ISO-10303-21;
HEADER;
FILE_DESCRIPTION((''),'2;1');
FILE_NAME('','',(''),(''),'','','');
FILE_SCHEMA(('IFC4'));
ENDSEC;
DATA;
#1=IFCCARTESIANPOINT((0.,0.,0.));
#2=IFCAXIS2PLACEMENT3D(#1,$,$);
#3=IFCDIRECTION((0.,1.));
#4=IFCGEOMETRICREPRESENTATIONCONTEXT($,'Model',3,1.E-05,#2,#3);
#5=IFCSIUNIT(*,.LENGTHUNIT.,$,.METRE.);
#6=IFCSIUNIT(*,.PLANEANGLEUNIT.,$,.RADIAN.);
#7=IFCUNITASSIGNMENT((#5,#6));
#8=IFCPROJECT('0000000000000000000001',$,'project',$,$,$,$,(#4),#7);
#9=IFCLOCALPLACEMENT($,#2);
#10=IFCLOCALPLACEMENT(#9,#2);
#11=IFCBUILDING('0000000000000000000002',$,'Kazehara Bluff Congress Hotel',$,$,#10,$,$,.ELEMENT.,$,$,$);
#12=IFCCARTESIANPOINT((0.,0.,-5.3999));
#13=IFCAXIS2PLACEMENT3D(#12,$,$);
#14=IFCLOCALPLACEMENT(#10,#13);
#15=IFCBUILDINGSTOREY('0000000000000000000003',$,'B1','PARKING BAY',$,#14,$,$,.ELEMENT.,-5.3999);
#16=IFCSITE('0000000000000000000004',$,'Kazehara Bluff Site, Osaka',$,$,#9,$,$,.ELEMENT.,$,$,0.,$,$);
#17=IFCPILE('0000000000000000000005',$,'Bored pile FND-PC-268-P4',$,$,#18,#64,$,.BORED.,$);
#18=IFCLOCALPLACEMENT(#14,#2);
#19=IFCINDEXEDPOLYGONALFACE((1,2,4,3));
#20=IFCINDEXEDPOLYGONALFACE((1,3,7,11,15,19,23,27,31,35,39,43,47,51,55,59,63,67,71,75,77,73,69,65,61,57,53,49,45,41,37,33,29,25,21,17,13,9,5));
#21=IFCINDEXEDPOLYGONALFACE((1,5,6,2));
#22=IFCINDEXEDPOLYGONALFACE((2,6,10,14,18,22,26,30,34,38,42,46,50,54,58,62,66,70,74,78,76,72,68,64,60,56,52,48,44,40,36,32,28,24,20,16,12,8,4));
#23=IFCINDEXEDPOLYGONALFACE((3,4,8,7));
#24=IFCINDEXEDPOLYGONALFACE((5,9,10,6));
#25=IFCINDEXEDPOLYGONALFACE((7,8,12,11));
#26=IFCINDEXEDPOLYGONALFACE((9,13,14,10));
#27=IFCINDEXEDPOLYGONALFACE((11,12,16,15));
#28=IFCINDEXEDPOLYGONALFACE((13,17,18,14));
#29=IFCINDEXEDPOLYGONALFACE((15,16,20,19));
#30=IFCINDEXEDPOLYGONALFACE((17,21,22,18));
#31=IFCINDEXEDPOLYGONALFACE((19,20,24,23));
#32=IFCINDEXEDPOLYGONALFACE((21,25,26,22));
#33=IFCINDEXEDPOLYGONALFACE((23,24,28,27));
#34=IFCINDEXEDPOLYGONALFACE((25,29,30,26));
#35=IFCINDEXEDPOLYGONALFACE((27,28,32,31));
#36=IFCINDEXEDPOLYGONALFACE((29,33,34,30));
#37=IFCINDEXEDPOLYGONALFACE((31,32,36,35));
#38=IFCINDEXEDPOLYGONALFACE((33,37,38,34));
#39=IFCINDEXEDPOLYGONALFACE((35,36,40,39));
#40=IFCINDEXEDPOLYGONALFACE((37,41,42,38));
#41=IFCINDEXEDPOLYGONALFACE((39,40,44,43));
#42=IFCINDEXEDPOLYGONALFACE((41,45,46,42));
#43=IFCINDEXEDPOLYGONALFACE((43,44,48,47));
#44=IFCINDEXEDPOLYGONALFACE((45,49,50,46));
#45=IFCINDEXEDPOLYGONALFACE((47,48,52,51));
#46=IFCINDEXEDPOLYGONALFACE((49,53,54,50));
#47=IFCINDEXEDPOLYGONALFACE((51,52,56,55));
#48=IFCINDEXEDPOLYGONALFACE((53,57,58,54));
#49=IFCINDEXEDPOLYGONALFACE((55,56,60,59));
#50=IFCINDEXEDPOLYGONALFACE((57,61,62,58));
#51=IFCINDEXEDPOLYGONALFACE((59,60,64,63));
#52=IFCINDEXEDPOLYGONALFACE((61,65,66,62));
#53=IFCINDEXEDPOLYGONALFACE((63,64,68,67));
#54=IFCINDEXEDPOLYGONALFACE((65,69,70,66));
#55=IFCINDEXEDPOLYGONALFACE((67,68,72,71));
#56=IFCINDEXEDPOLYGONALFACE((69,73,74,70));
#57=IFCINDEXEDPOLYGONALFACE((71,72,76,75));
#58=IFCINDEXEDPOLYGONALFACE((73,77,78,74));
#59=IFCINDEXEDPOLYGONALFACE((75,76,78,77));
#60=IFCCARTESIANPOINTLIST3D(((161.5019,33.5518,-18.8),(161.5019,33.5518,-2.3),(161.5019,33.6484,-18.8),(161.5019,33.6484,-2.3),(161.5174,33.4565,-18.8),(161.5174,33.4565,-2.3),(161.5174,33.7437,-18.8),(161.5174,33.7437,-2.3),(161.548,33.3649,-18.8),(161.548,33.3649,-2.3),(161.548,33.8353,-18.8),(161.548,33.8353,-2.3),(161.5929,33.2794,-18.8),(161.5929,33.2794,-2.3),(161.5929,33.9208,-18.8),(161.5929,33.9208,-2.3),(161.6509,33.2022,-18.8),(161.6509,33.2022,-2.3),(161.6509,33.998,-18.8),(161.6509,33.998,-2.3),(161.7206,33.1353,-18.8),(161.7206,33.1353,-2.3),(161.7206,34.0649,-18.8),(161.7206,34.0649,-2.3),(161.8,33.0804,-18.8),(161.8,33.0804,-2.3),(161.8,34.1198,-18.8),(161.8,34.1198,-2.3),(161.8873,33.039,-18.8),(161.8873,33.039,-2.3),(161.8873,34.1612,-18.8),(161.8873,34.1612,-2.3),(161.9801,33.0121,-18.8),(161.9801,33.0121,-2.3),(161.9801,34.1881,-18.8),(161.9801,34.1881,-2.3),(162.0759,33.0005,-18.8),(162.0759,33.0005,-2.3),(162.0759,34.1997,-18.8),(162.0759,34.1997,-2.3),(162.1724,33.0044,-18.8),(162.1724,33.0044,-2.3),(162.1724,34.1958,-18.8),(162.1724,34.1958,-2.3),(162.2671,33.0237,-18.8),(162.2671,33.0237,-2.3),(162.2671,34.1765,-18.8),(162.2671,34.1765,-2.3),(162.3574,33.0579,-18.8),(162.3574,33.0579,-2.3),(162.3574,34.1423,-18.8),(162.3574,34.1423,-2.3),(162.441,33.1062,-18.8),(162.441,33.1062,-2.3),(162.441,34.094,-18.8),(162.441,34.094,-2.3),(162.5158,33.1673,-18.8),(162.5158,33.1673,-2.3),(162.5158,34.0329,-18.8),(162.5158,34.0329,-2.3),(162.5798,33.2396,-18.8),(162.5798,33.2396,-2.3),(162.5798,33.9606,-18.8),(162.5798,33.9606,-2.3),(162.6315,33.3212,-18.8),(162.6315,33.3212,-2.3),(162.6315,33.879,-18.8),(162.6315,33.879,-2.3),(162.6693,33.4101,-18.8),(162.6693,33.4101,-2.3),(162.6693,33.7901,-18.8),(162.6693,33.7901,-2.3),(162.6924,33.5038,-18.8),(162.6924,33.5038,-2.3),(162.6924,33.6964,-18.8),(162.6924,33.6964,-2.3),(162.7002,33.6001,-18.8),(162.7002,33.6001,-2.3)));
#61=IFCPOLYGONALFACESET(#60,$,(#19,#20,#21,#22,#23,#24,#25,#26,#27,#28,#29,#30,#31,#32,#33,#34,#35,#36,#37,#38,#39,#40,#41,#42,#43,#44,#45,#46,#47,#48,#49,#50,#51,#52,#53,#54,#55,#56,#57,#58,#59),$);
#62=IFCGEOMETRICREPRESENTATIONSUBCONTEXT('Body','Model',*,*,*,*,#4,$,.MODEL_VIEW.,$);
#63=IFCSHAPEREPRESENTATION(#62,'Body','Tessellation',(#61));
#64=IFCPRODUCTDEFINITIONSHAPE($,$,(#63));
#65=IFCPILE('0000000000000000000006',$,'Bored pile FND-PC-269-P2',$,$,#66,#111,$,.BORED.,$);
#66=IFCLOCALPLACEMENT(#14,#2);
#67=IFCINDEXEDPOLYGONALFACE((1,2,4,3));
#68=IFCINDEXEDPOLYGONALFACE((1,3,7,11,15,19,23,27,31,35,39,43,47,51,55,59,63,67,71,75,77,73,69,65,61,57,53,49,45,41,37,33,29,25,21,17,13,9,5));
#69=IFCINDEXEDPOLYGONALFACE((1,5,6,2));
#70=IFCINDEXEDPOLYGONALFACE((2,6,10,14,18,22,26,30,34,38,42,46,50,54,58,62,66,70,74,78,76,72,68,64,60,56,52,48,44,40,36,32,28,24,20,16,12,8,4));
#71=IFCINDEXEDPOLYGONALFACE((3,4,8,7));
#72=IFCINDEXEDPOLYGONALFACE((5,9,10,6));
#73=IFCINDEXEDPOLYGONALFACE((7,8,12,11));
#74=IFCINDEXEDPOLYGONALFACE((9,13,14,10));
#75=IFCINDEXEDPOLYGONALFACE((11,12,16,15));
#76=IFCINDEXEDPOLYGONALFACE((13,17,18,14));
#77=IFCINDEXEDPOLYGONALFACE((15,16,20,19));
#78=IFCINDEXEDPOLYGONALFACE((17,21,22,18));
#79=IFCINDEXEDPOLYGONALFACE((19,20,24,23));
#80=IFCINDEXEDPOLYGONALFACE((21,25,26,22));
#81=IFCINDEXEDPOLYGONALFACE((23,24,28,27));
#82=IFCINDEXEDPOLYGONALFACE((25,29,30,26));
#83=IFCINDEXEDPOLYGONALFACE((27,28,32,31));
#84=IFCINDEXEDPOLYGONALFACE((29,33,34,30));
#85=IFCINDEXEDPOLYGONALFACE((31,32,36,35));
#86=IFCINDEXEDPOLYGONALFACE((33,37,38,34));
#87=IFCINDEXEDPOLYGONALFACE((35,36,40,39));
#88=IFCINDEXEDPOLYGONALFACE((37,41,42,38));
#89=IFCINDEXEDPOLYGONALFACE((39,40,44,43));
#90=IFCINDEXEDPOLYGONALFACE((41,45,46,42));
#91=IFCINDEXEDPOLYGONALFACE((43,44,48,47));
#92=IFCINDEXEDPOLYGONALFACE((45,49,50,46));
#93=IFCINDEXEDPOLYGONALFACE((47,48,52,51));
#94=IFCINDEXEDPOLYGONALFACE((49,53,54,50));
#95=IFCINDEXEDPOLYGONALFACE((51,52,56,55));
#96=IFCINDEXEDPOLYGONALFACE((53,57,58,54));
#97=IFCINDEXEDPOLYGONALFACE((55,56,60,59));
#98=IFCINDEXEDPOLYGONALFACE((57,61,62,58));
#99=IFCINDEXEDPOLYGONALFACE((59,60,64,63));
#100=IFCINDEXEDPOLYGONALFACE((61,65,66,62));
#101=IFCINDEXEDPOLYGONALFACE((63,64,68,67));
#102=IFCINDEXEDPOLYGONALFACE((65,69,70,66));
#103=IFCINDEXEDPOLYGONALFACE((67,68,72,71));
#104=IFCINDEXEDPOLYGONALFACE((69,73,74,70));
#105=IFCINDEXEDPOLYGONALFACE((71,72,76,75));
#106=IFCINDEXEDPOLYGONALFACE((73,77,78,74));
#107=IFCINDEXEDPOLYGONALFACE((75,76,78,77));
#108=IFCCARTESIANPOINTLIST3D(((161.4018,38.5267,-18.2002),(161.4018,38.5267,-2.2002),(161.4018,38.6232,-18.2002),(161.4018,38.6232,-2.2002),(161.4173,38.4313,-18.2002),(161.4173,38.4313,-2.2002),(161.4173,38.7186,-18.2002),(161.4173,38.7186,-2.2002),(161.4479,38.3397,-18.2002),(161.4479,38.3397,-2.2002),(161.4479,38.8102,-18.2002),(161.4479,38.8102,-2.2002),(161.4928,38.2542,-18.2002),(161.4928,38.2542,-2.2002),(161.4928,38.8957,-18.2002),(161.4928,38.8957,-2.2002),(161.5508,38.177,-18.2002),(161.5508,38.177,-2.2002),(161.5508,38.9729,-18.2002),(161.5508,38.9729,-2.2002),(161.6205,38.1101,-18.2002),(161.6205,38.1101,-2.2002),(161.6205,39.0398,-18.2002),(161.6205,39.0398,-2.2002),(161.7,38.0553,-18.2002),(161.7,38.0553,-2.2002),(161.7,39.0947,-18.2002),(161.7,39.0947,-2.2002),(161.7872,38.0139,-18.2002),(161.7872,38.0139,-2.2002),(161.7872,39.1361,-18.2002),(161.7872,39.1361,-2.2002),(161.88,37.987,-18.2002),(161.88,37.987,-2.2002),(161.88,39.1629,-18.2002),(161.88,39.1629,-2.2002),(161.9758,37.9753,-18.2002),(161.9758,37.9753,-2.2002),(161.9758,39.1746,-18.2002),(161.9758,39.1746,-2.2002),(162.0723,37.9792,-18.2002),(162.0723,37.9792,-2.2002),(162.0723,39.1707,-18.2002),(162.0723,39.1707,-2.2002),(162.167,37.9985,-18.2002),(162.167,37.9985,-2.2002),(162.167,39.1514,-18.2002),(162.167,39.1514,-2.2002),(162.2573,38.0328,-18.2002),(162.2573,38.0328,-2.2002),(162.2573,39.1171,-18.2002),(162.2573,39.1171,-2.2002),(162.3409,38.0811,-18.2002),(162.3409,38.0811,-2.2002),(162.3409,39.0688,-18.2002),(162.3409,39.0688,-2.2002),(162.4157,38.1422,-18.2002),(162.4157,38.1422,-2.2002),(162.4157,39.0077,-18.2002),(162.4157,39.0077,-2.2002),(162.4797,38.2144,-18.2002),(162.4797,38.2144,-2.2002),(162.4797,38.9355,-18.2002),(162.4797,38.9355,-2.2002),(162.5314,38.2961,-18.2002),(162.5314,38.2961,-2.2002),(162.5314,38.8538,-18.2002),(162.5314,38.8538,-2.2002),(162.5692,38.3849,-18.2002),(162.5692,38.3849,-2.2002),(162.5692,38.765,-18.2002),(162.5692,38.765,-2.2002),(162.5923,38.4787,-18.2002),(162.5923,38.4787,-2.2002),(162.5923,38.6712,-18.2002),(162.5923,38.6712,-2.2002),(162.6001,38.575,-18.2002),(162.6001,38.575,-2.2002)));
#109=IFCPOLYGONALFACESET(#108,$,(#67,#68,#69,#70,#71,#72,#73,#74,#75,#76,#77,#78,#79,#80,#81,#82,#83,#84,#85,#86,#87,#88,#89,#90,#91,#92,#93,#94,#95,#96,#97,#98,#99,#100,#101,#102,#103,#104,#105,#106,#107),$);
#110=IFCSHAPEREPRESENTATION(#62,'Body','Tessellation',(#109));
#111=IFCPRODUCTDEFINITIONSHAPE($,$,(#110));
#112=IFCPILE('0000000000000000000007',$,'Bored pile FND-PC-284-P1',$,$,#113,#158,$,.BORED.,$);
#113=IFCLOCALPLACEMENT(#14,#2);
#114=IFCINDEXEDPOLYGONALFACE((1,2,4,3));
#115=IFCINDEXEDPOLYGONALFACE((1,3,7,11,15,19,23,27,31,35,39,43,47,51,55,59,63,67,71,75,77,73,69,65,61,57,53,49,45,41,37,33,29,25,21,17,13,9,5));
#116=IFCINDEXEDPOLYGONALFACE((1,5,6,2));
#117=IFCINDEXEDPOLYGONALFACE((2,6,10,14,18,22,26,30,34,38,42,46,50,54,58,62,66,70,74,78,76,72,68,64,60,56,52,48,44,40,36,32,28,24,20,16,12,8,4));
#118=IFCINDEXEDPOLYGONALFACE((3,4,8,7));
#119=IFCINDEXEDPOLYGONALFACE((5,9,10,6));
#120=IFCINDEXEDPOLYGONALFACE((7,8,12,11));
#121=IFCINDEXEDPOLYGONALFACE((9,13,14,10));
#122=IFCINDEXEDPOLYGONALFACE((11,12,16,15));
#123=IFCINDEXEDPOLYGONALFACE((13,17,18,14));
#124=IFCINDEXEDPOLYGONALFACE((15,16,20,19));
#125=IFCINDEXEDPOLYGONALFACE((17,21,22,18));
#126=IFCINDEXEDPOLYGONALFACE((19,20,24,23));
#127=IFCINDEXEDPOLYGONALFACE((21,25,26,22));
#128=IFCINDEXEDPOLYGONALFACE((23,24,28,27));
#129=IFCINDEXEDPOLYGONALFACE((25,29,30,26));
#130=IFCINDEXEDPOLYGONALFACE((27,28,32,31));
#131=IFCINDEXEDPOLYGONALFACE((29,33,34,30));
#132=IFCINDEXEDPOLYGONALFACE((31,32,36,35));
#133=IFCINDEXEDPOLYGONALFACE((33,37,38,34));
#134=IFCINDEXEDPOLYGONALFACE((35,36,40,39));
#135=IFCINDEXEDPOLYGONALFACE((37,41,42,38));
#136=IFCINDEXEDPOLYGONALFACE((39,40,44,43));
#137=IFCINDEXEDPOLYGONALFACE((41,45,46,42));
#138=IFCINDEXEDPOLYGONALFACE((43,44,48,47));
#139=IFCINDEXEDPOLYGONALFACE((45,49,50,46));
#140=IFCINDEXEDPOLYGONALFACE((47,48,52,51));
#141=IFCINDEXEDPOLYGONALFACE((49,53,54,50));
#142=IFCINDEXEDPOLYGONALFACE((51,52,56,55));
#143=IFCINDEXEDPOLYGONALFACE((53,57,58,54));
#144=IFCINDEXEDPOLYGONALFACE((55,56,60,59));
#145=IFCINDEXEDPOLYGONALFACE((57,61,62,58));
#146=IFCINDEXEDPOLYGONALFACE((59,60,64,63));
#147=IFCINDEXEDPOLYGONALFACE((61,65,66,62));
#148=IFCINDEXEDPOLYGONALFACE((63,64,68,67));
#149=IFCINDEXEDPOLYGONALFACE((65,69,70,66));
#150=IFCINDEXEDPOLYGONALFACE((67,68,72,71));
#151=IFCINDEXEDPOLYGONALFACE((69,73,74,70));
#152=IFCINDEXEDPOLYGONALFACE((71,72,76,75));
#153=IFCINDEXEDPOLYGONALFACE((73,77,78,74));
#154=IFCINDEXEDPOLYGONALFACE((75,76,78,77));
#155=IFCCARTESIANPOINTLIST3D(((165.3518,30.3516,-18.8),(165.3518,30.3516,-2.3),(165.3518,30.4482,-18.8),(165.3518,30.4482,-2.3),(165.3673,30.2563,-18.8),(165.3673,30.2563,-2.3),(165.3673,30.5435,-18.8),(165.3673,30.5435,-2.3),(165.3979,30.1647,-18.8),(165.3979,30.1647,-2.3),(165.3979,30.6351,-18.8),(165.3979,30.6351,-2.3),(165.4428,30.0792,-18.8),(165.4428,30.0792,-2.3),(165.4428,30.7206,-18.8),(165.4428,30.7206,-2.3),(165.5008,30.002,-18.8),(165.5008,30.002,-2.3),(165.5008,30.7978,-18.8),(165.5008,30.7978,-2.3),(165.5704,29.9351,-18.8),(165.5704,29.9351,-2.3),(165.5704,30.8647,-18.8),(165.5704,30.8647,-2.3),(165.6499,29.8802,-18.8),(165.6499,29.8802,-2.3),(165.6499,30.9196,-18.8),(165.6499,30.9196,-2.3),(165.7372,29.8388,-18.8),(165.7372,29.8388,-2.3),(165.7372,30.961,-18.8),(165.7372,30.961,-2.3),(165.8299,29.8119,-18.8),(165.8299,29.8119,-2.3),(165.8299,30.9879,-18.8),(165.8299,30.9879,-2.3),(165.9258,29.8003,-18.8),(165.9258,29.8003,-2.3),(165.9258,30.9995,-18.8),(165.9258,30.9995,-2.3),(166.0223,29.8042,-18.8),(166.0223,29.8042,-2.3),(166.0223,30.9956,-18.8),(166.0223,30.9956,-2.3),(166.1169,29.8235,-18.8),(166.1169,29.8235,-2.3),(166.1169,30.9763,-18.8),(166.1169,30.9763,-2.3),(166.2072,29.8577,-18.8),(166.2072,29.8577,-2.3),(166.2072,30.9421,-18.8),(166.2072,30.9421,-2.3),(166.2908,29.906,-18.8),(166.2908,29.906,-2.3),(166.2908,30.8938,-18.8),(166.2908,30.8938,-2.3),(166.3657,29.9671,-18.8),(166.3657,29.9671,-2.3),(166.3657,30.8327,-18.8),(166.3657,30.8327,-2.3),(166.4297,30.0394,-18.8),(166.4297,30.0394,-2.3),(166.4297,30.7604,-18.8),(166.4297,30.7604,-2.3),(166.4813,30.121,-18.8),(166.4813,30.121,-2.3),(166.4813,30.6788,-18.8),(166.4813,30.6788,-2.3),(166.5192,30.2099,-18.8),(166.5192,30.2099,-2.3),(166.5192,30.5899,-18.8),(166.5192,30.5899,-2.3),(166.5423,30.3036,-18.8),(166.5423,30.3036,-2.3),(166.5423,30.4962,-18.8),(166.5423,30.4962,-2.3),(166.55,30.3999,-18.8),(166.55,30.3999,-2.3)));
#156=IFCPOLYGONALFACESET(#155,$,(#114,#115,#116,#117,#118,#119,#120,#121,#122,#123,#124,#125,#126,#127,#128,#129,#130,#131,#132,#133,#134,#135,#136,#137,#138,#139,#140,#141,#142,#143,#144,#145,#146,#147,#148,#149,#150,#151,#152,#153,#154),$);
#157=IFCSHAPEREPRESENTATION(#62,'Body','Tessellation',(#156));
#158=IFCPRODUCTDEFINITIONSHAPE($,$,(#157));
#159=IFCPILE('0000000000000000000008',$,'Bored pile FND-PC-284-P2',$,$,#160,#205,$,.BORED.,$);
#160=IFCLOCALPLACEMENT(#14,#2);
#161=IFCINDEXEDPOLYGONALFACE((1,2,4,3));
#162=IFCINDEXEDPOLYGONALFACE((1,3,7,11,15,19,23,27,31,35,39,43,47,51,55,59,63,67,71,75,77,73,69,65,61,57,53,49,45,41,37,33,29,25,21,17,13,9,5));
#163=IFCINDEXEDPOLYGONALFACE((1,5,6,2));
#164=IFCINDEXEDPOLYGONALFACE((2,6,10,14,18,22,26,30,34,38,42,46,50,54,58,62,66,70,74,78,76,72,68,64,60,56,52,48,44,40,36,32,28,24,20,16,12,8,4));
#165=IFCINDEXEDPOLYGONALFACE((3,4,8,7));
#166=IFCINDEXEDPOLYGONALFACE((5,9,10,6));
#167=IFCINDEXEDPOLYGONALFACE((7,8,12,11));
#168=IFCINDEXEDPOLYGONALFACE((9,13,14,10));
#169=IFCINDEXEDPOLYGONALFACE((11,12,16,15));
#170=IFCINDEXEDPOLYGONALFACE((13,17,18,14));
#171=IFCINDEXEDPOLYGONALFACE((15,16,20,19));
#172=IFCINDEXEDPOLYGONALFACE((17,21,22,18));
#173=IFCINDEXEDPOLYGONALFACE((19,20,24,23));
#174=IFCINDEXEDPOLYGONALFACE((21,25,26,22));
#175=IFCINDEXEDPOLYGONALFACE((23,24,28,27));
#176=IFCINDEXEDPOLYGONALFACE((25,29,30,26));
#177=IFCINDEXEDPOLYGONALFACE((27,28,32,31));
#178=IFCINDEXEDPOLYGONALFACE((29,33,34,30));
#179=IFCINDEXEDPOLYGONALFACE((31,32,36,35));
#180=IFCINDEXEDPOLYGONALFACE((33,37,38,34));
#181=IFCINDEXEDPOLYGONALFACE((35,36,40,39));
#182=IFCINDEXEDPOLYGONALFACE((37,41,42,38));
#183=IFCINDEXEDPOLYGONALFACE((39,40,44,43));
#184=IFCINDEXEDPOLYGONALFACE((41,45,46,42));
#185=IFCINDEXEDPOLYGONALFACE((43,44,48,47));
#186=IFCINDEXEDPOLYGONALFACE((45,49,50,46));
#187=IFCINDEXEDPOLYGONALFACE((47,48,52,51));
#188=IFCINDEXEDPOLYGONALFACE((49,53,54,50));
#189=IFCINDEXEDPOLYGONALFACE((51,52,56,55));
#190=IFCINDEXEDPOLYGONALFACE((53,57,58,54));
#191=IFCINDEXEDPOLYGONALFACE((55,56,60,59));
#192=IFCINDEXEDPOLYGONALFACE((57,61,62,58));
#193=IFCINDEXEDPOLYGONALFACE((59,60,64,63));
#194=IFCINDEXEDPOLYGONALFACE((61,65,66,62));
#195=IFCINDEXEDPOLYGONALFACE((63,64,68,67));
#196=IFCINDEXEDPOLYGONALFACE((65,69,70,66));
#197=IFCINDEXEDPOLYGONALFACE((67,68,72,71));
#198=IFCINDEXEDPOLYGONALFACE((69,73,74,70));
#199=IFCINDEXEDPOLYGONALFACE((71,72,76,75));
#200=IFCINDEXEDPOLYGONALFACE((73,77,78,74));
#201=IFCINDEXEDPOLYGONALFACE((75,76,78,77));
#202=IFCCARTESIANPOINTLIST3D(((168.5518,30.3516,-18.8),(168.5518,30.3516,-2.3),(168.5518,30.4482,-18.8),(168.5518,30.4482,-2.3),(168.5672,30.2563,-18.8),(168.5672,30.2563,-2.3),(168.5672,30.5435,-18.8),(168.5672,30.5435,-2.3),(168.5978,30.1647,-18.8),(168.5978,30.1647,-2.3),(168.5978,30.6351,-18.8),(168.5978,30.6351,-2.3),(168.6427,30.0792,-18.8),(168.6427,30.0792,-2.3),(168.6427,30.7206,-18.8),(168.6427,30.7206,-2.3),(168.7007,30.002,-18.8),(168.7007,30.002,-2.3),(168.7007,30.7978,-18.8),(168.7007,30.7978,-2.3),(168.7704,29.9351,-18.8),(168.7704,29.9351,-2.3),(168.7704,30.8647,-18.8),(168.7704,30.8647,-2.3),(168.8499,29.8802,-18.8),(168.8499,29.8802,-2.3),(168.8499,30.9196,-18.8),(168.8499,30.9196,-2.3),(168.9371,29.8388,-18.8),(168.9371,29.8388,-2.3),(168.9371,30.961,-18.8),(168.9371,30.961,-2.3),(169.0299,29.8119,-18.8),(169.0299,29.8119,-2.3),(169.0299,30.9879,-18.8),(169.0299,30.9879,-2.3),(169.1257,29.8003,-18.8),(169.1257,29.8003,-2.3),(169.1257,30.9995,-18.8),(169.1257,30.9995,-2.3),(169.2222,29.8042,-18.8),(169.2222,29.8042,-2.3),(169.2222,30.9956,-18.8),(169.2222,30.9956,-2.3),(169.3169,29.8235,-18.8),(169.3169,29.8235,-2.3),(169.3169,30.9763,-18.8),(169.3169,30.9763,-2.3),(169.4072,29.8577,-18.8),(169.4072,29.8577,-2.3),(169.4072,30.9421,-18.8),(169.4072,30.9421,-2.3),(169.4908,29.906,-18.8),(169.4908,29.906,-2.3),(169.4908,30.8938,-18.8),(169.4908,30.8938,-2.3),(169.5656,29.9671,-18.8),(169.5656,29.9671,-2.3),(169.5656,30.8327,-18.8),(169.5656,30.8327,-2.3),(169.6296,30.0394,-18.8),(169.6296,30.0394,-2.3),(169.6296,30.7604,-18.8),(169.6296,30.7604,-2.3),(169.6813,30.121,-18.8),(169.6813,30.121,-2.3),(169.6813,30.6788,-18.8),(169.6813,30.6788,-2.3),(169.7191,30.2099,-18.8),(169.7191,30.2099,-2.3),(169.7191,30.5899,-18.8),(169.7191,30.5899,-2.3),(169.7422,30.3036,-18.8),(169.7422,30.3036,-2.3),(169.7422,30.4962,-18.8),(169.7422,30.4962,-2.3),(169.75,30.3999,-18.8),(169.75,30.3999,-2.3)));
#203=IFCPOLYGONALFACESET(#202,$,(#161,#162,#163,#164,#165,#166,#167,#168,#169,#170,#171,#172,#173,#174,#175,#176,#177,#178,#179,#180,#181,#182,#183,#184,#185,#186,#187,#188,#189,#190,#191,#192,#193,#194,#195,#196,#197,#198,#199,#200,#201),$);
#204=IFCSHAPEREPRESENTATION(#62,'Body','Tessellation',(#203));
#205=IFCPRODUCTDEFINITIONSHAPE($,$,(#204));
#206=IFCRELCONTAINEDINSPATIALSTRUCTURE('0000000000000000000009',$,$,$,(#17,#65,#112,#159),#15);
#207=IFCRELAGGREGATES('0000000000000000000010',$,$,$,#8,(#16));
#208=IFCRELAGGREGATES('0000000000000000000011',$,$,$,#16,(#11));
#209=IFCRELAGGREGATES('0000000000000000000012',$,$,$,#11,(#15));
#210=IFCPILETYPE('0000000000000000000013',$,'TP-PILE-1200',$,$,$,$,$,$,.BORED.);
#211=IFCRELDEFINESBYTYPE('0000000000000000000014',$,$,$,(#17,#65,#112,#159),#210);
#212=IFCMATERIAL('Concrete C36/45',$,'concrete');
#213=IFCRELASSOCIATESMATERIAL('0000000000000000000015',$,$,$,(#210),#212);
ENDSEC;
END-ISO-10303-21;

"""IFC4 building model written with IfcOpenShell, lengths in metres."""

from ifc_helpers import new_model, si_unit, direction, frame, origin, origin_2d, place, context, subcontext, project, spatial, circle, extrude, material, material_profile, profile_set, type_object, element, save


model = new_model("IFC4")

# Units and contexts
model_context = context("Model", 3, precision=1e-05, world=origin(), true_north=direction((0.0, 1.0)))
body_context = subcontext(model_context, "Body", "Model", "MODEL_VIEW")
ifc_project = project(units=[si_unit("LENGTHUNIT", "METRE"), si_unit("PLANEANGLEUNIT", "RADIAN")], contexts=[model_context])

# Site, building, storey
site_placement = place(None, origin())
site = spatial("IfcSite", under=ifc_project, at=site_placement, Name="Kazehara Bluff Site, Osaka", CompositionType="ELEMENT", RefElevation=0.0)
building_placement = place(site_placement, origin())
building = spatial("IfcBuilding", under=site, at=building_placement, Name="Kazehara Bluff Congress Hotel", CompositionType="ELEMENT")
storey_placement = place(building_placement, frame((0.0, 0.0, -5.3999)))
storey = spatial("IfcBuildingStorey", under=building, at=storey_placement, Name="B1", Description="PARKING BAY", CompositionType="ELEMENT", Elevation=-5.3999)

# Piles
ifc_material_1 = material(Name="Concrete C36/45", Category="concrete")
ifc_material_profile_1 = material_profile(ifc_material_1, circle(Radius=0.6001, at=origin_2d()))
ifc_profile_set_1 = profile_set([ifc_material_profile_1], Name="Concrete C36/45")
pile_type = type_object("IfcPileType", Name="TP-PILE-1200", PredefinedType="BORED", material=ifc_profile_set_1)
for number, where, z_axis, x_axis, name in (
    (1, (162.1001, 33.6001, -2.3), (0.0, 0.0, -1.0), (1.0, 0.0, 0.0), "Bored pile FND-PC-268-P4"),
):
    element("IfcPile", number, at=place(storey_placement, frame(where, z_axis=z_axis, x_axis=x_axis)), inside=storey, type_object=pile_type, Name=name, PredefinedType="BORED", context=body_context, shape_type="SweptSolid", body=[
        extrude(circle(Radius=0.6001, at=origin_2d()), origin(), (0.0, 0.0, 1.0), 16.5),
    ])
pile_placement = place(storey_placement, frame((162.0, 38.575, -2.2002), z_axis=(0.0, 0.0, -1.0), x_axis=(1.0, 0.0, 0.0)))
element("IfcPile", 2, at=pile_placement, inside=storey, type_object=pile_type, Name="Bored pile FND-PC-269-P2", PredefinedType="BORED", context=body_context, shape_type="SweptSolid", body=[
    extrude(circle(Radius=0.6001, at=origin_2d()), origin(), (0.0, 0.0, 1.0), 16.0),
])
for number, where, z_axis, x_axis, name in (
    (3, (165.95, 30.3999, -2.3), (0.0, 0.0, -1.0), (1.0, 0.0, 0.0), "Bored pile FND-PC-284-P1"),
    (4, (169.1499, 30.3999, -2.3), (0.0, 0.0, -1.0), (1.0, 0.0, 0.0), "Bored pile FND-PC-284-P2"),
):
    element("IfcPile", number, at=place(storey_placement, frame(where, z_axis=z_axis, x_axis=x_axis)), inside=storey, type_object=pile_type, Name=name, PredefinedType="BORED", context=body_context, shape_type="SweptSolid", body=[
        extrude(circle(Radius=0.6001, at=origin_2d()), origin(), (0.0, 0.0, 1.0), 16.5),
    ])

save(model, "model.ifc")
